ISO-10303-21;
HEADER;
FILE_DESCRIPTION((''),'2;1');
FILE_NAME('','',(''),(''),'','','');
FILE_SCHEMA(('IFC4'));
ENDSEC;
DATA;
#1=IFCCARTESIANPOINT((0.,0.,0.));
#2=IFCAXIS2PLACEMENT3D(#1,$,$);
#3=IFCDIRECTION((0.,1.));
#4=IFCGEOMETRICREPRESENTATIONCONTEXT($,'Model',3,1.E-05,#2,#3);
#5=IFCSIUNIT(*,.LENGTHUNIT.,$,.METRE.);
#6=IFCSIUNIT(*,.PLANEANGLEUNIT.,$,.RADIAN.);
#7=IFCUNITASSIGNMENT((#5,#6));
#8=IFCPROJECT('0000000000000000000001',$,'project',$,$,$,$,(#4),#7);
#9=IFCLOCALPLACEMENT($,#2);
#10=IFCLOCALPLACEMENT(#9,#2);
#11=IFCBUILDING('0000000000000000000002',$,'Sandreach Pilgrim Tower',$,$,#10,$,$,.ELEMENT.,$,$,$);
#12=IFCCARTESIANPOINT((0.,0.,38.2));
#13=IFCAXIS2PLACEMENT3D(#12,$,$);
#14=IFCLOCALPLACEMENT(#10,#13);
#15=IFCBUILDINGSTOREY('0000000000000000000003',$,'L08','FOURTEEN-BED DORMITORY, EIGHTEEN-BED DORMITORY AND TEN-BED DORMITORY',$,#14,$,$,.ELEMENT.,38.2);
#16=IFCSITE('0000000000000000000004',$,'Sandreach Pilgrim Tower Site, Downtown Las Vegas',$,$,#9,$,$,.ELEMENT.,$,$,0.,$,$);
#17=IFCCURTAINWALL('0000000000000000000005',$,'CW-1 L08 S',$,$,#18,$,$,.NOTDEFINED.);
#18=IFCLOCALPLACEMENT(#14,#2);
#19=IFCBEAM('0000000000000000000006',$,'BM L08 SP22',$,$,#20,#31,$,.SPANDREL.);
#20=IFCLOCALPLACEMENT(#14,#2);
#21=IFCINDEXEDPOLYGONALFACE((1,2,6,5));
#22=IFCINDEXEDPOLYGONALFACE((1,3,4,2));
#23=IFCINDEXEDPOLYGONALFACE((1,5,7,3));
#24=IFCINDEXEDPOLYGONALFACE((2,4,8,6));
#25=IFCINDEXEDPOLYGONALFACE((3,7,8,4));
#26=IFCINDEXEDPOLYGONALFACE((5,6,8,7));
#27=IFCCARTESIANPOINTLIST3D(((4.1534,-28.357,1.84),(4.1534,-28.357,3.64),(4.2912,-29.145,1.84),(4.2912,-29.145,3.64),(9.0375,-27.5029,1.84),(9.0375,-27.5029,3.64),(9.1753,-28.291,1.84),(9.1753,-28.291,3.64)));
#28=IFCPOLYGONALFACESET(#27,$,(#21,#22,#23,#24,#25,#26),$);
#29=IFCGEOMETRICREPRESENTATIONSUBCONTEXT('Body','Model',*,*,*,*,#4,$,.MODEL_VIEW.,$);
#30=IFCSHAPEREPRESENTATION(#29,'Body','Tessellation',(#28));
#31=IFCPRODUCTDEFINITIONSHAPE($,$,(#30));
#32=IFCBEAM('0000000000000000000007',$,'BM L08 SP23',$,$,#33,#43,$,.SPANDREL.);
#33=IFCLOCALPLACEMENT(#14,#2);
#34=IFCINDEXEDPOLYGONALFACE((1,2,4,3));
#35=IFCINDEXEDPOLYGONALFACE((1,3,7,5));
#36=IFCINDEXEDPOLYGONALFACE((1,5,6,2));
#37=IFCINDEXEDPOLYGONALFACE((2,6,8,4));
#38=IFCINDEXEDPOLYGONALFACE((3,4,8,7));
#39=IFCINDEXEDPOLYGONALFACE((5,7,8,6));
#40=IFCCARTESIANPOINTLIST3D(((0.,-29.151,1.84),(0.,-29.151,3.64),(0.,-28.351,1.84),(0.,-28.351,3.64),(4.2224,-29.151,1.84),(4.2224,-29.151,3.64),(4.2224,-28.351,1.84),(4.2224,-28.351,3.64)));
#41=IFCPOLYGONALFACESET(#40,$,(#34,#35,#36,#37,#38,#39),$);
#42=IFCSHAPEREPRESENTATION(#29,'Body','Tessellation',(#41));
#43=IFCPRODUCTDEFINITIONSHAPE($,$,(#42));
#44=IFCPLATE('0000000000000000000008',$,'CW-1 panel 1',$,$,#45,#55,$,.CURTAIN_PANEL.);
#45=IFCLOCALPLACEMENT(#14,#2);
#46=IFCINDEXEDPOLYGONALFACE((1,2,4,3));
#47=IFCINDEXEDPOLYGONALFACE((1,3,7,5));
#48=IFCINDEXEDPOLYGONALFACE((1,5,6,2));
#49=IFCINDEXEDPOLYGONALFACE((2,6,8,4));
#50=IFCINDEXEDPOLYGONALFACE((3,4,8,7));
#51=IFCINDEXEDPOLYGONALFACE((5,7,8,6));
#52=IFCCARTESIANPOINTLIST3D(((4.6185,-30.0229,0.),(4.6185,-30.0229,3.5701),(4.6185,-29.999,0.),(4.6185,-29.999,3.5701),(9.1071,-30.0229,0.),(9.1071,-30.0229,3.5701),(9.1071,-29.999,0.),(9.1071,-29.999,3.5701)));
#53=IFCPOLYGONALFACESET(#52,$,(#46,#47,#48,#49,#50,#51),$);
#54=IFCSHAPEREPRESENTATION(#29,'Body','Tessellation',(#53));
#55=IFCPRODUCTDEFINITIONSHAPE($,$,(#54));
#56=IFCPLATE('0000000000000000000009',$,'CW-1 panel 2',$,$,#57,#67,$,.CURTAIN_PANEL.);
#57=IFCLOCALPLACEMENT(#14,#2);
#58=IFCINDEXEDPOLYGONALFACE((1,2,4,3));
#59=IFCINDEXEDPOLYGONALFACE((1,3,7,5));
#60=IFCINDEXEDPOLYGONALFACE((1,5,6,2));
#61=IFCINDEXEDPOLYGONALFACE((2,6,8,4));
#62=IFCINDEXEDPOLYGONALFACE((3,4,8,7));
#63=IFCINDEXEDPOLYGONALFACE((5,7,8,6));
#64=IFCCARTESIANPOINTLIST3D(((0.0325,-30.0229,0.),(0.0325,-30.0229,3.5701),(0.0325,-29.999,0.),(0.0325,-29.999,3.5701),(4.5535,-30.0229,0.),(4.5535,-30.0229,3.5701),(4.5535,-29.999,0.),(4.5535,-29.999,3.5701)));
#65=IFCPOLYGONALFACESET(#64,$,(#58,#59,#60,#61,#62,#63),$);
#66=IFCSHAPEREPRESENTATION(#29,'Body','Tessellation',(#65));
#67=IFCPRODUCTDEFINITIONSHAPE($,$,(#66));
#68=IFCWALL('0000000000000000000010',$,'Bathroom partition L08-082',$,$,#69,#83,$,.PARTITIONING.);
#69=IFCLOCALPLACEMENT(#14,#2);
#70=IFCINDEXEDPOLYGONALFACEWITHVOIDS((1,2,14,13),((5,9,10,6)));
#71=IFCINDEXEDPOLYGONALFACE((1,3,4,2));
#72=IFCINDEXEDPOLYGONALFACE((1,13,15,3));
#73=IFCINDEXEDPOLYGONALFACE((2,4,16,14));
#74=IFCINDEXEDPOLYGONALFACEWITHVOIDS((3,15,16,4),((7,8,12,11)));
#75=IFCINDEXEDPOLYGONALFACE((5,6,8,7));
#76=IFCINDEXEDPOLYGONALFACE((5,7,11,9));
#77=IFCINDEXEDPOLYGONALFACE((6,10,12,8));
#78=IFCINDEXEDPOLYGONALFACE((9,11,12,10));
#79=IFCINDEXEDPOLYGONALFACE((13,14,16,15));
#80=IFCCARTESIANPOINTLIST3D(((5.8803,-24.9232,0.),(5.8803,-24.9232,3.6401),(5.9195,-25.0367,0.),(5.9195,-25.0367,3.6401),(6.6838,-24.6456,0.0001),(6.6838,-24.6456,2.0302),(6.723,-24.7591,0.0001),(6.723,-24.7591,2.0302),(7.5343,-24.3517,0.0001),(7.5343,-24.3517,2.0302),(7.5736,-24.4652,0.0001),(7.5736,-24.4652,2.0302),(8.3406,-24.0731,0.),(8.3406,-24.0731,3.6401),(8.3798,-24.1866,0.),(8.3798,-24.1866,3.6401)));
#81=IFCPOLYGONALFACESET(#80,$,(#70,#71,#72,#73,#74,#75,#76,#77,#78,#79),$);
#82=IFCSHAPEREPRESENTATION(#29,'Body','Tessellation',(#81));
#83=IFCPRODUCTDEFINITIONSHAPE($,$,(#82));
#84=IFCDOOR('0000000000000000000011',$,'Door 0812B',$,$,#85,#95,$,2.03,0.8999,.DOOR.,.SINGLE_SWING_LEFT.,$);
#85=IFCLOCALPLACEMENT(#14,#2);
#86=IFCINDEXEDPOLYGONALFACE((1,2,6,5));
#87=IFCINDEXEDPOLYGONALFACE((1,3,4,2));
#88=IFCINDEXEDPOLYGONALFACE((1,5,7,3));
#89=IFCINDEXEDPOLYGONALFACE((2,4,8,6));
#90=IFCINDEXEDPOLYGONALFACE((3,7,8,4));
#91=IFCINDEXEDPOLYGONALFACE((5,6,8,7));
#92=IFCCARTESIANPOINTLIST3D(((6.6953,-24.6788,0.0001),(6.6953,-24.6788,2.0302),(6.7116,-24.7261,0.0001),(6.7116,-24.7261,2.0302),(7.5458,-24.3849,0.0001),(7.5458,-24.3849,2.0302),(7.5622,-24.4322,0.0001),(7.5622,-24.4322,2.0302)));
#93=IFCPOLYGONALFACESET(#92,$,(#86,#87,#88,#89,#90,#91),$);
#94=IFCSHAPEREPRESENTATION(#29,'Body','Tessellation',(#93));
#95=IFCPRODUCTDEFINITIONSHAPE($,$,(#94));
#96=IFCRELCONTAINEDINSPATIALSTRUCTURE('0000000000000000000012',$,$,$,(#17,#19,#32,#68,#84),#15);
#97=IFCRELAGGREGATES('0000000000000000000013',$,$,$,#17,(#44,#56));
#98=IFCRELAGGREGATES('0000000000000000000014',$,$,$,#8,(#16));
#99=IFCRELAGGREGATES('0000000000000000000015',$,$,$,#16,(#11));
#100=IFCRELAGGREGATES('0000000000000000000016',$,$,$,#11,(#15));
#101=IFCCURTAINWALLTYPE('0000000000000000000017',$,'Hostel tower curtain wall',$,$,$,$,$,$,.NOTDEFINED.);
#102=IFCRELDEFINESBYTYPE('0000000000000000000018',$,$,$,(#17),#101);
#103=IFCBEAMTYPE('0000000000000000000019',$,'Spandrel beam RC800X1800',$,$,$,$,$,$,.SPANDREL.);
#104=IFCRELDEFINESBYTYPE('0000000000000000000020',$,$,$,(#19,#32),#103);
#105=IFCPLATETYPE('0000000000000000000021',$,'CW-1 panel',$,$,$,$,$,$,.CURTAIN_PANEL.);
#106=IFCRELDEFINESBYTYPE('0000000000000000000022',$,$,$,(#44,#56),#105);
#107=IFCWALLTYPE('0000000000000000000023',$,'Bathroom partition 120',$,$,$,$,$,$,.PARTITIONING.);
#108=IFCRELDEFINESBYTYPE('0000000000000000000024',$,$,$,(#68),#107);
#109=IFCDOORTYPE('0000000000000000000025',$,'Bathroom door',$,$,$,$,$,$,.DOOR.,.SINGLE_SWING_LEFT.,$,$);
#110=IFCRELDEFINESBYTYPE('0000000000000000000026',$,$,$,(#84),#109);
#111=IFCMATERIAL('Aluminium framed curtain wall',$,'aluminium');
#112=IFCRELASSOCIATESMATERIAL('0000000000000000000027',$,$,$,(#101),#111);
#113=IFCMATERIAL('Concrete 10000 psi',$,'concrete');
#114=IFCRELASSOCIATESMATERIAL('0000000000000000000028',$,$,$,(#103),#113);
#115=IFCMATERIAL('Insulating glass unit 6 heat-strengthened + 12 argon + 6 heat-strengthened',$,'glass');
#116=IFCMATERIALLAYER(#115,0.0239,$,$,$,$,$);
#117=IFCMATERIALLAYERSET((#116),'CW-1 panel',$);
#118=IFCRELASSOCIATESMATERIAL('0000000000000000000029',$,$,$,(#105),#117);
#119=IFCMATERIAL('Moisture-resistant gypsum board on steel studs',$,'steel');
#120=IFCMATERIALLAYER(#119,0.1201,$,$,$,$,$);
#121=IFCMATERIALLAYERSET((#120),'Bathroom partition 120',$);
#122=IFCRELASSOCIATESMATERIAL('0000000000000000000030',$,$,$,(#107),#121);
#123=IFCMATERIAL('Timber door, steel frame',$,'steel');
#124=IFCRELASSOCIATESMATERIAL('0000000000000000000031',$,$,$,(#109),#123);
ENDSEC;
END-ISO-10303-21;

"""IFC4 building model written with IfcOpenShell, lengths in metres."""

from ifc_helpers import new_model, si_unit, direction, frame, frame_2d, origin, origin_2d, place, context, subcontext, project, spatial, rectangle, extrude, material, layer, layer_set, material_profile, profile_set, type_object, element, fill, aggregate, save


model = new_model("IFC4")

# Units and contexts
model_context = context("Model", 3, precision=1e-05, world=origin(), true_north=direction((0.0, 1.0)))
body_context = subcontext(model_context, "Body", "Model", "MODEL_VIEW")
ifc_project = project(units=[si_unit("LENGTHUNIT", "METRE"), si_unit("PLANEANGLEUNIT", "RADIAN")], contexts=[model_context])

# Site, building, storey
site_placement = place(None, origin())
site = spatial("IfcSite", under=ifc_project, at=site_placement, Name="Sandreach Pilgrim Tower Site, Downtown Las Vegas", CompositionType="ELEMENT", RefElevation=0.0)
building_placement = place(site_placement, origin())
building = spatial("IfcBuilding", under=site, at=building_placement, Name="Sandreach Pilgrim Tower", CompositionType="ELEMENT")
storey_placement = place(building_placement, frame((0.0, 0.0, 38.2)))
storey = spatial("IfcBuildingStorey", under=building, at=storey_placement, Name="L08", Description="FOURTEEN-BED DORMITORY, EIGHTEEN-BED DORMITORY AND TEN-BED DORMITORY", CompositionType="ELEMENT", Elevation=38.2)

# Curtain wall
ifc_material_1 = material(Name="Aluminium framed curtain wall", Category="aluminium")
curtain_wall_type = type_object("IfcCurtainWallType", Name="Hostel tower curtain wall", PredefinedType="NOTDEFINED", material=ifc_material_1)
curtain_wall_placement = place(storey_placement, origin())
curtain_wall = element("IfcCurtainWall", 1, at=curtain_wall_placement, inside=storey, type_object=curtain_wall_type, Name="CW-1 L08 S", PredefinedType="NOTDEFINED")

# Beams
ifc_material_2 = material(Name="Concrete 10000 psi", Category="concrete")
ifc_material_profile_1 = material_profile(ifc_material_2, rectangle(XDim=0.8, YDim=1.8, at=origin_2d()), Name="RC800X1800")
ifc_profile_set_1 = profile_set([ifc_material_profile_1], Name="Concrete 10000 psi")
beam_type_1 = type_object("IfcBeamType", Name="Spandrel beam RC800X1800", PredefinedType="SPANDREL", material=ifc_profile_set_1)
beam_1_placement = place(storey_placement, frame((9.1064, -27.897, 2.74), z_axis=(-0.985054, -0.172243, 0.0), x_axis=(0.172243, -0.985054, 0.0)))
element("IfcBeam", 2, at=beam_1_placement, inside=storey, type_object=beam_type_1, Name="BM L08 SP22", PredefinedType="SPANDREL", context=body_context, shape_type="SweptSolid", body=[
    extrude(rectangle(XDim=0.8, YDim=1.8, at=origin_2d()), origin(), (0.0, 0.0, 1.0), 4.9583),
])
beam_2_placement = place(storey_placement, frame((4.2224, -28.751, 2.74), z_axis=(-1.0, 0.0, 0.0), x_axis=(0.0, -1.0, 0.0)))
element("IfcBeam", 3, at=beam_2_placement, inside=storey, type_object=beam_type_1, Name="BM L08 SP23", PredefinedType="SPANDREL", context=body_context, shape_type="SweptSolid", body=[
    extrude(rectangle(XDim=0.8, YDim=1.8, at=origin_2d()), origin(), (0.0, 0.0, 1.0), 4.2224),
])

# Plates
ifc_material_3 = material(Name="Insulating glass unit 6 heat-strengthened + 12 argon + 6 heat-strengthened", Category="glass")
ifc_layer_1 = layer(ifc_material_3, 0.0239)
ifc_layer_set_1 = layer_set([ifc_layer_1], Name="CW-1 panel")
plate_type = type_object("IfcPlateType", Name="CW-1 panel", PredefinedType="CURTAIN_PANEL", material=ifc_layer_set_1)
plate_1_placement = place(storey_placement, frame((6.8628, -30.011, 0.0), z_axis=(0.0, 0.0, 1.0), x_axis=(-1.0, 0.0, 0.0)))
plate_1 = element("IfcPlate", 4, at=plate_1_placement, type_object=plate_type, Name="CW-1 panel 1", PredefinedType="CURTAIN_PANEL", context=body_context, shape_type="SweptSolid", body=[
    extrude(rectangle(XDim=4.4885, YDim=0.0239, at=origin_2d()), origin(), (0.0, 0.0, 1.0), 3.5701),
])
plate_2_placement = place(storey_placement, frame((2.293, -30.011, 0.0), z_axis=(0.0, 0.0, 1.0), x_axis=(-1.0, 0.0, 0.0)))
plate_2 = element("IfcPlate", 5, at=plate_2_placement, type_object=plate_type, Name="CW-1 panel 2", PredefinedType="CURTAIN_PANEL", context=body_context, shape_type="SweptSolid", body=[
    extrude(rectangle(XDim=4.521, YDim=0.0239, at=origin_2d()), origin(), (0.0, 0.0, 1.0), 3.5701),
])
aggregate(curtain_wall, [plate_1, plate_2])

# Wall, opening, door
ifc_material_4 = material(Name="Moisture-resistant gypsum board on steel studs", Category="steel")
ifc_layer_2 = layer(ifc_material_4, 0.1201)
ifc_layer_set_2 = layer_set([ifc_layer_2], Name="Bathroom partition 120")
wall_type = type_object("IfcWallType", Name="Bathroom partition 120", PredefinedType="PARTITIONING", material=ifc_layer_set_2)
wall_placement = place(storey_placement, frame((5.8999, -24.98, 0.0), z_axis=(0.0, 0.0, 1.0), x_axis=(0.945165, 0.326592, 0.0)))
wall = element("IfcWall", 6, at=wall_placement, inside=storey, type_object=wall_type, Name="Bathroom partition L08-082", PredefinedType="PARTITIONING", context=body_context, shape_type="SweptSolid", body=[
    extrude(rectangle(XDim=2.603, YDim=0.1201, at=frame_2d((1.3015, 0.0))), origin(), (0.0, 0.0, 1.0), 3.6401),
])
opening_placement = place(wall_placement, frame((0.8501, 0.0, 0.0)))
opening = element("IfcOpeningElement", 7, at=opening_placement, cuts=wall, PredefinedType="OPENING", context=body_context, shape_type="SweptSolid", body=[
    extrude(rectangle(XDim=0.8999, YDim=2.03, at=frame_2d((0.45, 1.0151))), frame((0.0, 0.0601, 0.0), z_axis=(0.0, -1.0, 0.0), x_axis=(1.0, 0.0, 0.0)), (0.0, 0.0, 1.0), 0.1201),
])
ifc_material_5 = material(Name="Timber door, steel frame", Category="steel")
door_type = type_object("IfcDoorType", Name="Bathroom door", OperationType="SINGLE_SWING_LEFT", PredefinedType="DOOR", material=ifc_material_5)
door_placement = place(opening_placement, origin())
door = element("IfcDoor", 8, at=door_placement, inside=storey, type_object=door_type, Name="Door 0812B", OperationType="SINGLE_SWING_LEFT", OverallHeight=2.03, OverallWidth=0.8999, PredefinedType="DOOR", context=body_context, shape_type="SweptSolid", body=[
    extrude(rectangle(XDim=0.8999, YDim=2.03, at=frame_2d((0.45, 1.0151))), frame((0.0, 0.0249, 0.0), z_axis=(0.0, -1.0, 0.0), x_axis=(1.0, 0.0, 0.0)), (0.0, 0.0, 1.0), 0.05),
])
fill(opening, door)

save(model, "model.ifc")
